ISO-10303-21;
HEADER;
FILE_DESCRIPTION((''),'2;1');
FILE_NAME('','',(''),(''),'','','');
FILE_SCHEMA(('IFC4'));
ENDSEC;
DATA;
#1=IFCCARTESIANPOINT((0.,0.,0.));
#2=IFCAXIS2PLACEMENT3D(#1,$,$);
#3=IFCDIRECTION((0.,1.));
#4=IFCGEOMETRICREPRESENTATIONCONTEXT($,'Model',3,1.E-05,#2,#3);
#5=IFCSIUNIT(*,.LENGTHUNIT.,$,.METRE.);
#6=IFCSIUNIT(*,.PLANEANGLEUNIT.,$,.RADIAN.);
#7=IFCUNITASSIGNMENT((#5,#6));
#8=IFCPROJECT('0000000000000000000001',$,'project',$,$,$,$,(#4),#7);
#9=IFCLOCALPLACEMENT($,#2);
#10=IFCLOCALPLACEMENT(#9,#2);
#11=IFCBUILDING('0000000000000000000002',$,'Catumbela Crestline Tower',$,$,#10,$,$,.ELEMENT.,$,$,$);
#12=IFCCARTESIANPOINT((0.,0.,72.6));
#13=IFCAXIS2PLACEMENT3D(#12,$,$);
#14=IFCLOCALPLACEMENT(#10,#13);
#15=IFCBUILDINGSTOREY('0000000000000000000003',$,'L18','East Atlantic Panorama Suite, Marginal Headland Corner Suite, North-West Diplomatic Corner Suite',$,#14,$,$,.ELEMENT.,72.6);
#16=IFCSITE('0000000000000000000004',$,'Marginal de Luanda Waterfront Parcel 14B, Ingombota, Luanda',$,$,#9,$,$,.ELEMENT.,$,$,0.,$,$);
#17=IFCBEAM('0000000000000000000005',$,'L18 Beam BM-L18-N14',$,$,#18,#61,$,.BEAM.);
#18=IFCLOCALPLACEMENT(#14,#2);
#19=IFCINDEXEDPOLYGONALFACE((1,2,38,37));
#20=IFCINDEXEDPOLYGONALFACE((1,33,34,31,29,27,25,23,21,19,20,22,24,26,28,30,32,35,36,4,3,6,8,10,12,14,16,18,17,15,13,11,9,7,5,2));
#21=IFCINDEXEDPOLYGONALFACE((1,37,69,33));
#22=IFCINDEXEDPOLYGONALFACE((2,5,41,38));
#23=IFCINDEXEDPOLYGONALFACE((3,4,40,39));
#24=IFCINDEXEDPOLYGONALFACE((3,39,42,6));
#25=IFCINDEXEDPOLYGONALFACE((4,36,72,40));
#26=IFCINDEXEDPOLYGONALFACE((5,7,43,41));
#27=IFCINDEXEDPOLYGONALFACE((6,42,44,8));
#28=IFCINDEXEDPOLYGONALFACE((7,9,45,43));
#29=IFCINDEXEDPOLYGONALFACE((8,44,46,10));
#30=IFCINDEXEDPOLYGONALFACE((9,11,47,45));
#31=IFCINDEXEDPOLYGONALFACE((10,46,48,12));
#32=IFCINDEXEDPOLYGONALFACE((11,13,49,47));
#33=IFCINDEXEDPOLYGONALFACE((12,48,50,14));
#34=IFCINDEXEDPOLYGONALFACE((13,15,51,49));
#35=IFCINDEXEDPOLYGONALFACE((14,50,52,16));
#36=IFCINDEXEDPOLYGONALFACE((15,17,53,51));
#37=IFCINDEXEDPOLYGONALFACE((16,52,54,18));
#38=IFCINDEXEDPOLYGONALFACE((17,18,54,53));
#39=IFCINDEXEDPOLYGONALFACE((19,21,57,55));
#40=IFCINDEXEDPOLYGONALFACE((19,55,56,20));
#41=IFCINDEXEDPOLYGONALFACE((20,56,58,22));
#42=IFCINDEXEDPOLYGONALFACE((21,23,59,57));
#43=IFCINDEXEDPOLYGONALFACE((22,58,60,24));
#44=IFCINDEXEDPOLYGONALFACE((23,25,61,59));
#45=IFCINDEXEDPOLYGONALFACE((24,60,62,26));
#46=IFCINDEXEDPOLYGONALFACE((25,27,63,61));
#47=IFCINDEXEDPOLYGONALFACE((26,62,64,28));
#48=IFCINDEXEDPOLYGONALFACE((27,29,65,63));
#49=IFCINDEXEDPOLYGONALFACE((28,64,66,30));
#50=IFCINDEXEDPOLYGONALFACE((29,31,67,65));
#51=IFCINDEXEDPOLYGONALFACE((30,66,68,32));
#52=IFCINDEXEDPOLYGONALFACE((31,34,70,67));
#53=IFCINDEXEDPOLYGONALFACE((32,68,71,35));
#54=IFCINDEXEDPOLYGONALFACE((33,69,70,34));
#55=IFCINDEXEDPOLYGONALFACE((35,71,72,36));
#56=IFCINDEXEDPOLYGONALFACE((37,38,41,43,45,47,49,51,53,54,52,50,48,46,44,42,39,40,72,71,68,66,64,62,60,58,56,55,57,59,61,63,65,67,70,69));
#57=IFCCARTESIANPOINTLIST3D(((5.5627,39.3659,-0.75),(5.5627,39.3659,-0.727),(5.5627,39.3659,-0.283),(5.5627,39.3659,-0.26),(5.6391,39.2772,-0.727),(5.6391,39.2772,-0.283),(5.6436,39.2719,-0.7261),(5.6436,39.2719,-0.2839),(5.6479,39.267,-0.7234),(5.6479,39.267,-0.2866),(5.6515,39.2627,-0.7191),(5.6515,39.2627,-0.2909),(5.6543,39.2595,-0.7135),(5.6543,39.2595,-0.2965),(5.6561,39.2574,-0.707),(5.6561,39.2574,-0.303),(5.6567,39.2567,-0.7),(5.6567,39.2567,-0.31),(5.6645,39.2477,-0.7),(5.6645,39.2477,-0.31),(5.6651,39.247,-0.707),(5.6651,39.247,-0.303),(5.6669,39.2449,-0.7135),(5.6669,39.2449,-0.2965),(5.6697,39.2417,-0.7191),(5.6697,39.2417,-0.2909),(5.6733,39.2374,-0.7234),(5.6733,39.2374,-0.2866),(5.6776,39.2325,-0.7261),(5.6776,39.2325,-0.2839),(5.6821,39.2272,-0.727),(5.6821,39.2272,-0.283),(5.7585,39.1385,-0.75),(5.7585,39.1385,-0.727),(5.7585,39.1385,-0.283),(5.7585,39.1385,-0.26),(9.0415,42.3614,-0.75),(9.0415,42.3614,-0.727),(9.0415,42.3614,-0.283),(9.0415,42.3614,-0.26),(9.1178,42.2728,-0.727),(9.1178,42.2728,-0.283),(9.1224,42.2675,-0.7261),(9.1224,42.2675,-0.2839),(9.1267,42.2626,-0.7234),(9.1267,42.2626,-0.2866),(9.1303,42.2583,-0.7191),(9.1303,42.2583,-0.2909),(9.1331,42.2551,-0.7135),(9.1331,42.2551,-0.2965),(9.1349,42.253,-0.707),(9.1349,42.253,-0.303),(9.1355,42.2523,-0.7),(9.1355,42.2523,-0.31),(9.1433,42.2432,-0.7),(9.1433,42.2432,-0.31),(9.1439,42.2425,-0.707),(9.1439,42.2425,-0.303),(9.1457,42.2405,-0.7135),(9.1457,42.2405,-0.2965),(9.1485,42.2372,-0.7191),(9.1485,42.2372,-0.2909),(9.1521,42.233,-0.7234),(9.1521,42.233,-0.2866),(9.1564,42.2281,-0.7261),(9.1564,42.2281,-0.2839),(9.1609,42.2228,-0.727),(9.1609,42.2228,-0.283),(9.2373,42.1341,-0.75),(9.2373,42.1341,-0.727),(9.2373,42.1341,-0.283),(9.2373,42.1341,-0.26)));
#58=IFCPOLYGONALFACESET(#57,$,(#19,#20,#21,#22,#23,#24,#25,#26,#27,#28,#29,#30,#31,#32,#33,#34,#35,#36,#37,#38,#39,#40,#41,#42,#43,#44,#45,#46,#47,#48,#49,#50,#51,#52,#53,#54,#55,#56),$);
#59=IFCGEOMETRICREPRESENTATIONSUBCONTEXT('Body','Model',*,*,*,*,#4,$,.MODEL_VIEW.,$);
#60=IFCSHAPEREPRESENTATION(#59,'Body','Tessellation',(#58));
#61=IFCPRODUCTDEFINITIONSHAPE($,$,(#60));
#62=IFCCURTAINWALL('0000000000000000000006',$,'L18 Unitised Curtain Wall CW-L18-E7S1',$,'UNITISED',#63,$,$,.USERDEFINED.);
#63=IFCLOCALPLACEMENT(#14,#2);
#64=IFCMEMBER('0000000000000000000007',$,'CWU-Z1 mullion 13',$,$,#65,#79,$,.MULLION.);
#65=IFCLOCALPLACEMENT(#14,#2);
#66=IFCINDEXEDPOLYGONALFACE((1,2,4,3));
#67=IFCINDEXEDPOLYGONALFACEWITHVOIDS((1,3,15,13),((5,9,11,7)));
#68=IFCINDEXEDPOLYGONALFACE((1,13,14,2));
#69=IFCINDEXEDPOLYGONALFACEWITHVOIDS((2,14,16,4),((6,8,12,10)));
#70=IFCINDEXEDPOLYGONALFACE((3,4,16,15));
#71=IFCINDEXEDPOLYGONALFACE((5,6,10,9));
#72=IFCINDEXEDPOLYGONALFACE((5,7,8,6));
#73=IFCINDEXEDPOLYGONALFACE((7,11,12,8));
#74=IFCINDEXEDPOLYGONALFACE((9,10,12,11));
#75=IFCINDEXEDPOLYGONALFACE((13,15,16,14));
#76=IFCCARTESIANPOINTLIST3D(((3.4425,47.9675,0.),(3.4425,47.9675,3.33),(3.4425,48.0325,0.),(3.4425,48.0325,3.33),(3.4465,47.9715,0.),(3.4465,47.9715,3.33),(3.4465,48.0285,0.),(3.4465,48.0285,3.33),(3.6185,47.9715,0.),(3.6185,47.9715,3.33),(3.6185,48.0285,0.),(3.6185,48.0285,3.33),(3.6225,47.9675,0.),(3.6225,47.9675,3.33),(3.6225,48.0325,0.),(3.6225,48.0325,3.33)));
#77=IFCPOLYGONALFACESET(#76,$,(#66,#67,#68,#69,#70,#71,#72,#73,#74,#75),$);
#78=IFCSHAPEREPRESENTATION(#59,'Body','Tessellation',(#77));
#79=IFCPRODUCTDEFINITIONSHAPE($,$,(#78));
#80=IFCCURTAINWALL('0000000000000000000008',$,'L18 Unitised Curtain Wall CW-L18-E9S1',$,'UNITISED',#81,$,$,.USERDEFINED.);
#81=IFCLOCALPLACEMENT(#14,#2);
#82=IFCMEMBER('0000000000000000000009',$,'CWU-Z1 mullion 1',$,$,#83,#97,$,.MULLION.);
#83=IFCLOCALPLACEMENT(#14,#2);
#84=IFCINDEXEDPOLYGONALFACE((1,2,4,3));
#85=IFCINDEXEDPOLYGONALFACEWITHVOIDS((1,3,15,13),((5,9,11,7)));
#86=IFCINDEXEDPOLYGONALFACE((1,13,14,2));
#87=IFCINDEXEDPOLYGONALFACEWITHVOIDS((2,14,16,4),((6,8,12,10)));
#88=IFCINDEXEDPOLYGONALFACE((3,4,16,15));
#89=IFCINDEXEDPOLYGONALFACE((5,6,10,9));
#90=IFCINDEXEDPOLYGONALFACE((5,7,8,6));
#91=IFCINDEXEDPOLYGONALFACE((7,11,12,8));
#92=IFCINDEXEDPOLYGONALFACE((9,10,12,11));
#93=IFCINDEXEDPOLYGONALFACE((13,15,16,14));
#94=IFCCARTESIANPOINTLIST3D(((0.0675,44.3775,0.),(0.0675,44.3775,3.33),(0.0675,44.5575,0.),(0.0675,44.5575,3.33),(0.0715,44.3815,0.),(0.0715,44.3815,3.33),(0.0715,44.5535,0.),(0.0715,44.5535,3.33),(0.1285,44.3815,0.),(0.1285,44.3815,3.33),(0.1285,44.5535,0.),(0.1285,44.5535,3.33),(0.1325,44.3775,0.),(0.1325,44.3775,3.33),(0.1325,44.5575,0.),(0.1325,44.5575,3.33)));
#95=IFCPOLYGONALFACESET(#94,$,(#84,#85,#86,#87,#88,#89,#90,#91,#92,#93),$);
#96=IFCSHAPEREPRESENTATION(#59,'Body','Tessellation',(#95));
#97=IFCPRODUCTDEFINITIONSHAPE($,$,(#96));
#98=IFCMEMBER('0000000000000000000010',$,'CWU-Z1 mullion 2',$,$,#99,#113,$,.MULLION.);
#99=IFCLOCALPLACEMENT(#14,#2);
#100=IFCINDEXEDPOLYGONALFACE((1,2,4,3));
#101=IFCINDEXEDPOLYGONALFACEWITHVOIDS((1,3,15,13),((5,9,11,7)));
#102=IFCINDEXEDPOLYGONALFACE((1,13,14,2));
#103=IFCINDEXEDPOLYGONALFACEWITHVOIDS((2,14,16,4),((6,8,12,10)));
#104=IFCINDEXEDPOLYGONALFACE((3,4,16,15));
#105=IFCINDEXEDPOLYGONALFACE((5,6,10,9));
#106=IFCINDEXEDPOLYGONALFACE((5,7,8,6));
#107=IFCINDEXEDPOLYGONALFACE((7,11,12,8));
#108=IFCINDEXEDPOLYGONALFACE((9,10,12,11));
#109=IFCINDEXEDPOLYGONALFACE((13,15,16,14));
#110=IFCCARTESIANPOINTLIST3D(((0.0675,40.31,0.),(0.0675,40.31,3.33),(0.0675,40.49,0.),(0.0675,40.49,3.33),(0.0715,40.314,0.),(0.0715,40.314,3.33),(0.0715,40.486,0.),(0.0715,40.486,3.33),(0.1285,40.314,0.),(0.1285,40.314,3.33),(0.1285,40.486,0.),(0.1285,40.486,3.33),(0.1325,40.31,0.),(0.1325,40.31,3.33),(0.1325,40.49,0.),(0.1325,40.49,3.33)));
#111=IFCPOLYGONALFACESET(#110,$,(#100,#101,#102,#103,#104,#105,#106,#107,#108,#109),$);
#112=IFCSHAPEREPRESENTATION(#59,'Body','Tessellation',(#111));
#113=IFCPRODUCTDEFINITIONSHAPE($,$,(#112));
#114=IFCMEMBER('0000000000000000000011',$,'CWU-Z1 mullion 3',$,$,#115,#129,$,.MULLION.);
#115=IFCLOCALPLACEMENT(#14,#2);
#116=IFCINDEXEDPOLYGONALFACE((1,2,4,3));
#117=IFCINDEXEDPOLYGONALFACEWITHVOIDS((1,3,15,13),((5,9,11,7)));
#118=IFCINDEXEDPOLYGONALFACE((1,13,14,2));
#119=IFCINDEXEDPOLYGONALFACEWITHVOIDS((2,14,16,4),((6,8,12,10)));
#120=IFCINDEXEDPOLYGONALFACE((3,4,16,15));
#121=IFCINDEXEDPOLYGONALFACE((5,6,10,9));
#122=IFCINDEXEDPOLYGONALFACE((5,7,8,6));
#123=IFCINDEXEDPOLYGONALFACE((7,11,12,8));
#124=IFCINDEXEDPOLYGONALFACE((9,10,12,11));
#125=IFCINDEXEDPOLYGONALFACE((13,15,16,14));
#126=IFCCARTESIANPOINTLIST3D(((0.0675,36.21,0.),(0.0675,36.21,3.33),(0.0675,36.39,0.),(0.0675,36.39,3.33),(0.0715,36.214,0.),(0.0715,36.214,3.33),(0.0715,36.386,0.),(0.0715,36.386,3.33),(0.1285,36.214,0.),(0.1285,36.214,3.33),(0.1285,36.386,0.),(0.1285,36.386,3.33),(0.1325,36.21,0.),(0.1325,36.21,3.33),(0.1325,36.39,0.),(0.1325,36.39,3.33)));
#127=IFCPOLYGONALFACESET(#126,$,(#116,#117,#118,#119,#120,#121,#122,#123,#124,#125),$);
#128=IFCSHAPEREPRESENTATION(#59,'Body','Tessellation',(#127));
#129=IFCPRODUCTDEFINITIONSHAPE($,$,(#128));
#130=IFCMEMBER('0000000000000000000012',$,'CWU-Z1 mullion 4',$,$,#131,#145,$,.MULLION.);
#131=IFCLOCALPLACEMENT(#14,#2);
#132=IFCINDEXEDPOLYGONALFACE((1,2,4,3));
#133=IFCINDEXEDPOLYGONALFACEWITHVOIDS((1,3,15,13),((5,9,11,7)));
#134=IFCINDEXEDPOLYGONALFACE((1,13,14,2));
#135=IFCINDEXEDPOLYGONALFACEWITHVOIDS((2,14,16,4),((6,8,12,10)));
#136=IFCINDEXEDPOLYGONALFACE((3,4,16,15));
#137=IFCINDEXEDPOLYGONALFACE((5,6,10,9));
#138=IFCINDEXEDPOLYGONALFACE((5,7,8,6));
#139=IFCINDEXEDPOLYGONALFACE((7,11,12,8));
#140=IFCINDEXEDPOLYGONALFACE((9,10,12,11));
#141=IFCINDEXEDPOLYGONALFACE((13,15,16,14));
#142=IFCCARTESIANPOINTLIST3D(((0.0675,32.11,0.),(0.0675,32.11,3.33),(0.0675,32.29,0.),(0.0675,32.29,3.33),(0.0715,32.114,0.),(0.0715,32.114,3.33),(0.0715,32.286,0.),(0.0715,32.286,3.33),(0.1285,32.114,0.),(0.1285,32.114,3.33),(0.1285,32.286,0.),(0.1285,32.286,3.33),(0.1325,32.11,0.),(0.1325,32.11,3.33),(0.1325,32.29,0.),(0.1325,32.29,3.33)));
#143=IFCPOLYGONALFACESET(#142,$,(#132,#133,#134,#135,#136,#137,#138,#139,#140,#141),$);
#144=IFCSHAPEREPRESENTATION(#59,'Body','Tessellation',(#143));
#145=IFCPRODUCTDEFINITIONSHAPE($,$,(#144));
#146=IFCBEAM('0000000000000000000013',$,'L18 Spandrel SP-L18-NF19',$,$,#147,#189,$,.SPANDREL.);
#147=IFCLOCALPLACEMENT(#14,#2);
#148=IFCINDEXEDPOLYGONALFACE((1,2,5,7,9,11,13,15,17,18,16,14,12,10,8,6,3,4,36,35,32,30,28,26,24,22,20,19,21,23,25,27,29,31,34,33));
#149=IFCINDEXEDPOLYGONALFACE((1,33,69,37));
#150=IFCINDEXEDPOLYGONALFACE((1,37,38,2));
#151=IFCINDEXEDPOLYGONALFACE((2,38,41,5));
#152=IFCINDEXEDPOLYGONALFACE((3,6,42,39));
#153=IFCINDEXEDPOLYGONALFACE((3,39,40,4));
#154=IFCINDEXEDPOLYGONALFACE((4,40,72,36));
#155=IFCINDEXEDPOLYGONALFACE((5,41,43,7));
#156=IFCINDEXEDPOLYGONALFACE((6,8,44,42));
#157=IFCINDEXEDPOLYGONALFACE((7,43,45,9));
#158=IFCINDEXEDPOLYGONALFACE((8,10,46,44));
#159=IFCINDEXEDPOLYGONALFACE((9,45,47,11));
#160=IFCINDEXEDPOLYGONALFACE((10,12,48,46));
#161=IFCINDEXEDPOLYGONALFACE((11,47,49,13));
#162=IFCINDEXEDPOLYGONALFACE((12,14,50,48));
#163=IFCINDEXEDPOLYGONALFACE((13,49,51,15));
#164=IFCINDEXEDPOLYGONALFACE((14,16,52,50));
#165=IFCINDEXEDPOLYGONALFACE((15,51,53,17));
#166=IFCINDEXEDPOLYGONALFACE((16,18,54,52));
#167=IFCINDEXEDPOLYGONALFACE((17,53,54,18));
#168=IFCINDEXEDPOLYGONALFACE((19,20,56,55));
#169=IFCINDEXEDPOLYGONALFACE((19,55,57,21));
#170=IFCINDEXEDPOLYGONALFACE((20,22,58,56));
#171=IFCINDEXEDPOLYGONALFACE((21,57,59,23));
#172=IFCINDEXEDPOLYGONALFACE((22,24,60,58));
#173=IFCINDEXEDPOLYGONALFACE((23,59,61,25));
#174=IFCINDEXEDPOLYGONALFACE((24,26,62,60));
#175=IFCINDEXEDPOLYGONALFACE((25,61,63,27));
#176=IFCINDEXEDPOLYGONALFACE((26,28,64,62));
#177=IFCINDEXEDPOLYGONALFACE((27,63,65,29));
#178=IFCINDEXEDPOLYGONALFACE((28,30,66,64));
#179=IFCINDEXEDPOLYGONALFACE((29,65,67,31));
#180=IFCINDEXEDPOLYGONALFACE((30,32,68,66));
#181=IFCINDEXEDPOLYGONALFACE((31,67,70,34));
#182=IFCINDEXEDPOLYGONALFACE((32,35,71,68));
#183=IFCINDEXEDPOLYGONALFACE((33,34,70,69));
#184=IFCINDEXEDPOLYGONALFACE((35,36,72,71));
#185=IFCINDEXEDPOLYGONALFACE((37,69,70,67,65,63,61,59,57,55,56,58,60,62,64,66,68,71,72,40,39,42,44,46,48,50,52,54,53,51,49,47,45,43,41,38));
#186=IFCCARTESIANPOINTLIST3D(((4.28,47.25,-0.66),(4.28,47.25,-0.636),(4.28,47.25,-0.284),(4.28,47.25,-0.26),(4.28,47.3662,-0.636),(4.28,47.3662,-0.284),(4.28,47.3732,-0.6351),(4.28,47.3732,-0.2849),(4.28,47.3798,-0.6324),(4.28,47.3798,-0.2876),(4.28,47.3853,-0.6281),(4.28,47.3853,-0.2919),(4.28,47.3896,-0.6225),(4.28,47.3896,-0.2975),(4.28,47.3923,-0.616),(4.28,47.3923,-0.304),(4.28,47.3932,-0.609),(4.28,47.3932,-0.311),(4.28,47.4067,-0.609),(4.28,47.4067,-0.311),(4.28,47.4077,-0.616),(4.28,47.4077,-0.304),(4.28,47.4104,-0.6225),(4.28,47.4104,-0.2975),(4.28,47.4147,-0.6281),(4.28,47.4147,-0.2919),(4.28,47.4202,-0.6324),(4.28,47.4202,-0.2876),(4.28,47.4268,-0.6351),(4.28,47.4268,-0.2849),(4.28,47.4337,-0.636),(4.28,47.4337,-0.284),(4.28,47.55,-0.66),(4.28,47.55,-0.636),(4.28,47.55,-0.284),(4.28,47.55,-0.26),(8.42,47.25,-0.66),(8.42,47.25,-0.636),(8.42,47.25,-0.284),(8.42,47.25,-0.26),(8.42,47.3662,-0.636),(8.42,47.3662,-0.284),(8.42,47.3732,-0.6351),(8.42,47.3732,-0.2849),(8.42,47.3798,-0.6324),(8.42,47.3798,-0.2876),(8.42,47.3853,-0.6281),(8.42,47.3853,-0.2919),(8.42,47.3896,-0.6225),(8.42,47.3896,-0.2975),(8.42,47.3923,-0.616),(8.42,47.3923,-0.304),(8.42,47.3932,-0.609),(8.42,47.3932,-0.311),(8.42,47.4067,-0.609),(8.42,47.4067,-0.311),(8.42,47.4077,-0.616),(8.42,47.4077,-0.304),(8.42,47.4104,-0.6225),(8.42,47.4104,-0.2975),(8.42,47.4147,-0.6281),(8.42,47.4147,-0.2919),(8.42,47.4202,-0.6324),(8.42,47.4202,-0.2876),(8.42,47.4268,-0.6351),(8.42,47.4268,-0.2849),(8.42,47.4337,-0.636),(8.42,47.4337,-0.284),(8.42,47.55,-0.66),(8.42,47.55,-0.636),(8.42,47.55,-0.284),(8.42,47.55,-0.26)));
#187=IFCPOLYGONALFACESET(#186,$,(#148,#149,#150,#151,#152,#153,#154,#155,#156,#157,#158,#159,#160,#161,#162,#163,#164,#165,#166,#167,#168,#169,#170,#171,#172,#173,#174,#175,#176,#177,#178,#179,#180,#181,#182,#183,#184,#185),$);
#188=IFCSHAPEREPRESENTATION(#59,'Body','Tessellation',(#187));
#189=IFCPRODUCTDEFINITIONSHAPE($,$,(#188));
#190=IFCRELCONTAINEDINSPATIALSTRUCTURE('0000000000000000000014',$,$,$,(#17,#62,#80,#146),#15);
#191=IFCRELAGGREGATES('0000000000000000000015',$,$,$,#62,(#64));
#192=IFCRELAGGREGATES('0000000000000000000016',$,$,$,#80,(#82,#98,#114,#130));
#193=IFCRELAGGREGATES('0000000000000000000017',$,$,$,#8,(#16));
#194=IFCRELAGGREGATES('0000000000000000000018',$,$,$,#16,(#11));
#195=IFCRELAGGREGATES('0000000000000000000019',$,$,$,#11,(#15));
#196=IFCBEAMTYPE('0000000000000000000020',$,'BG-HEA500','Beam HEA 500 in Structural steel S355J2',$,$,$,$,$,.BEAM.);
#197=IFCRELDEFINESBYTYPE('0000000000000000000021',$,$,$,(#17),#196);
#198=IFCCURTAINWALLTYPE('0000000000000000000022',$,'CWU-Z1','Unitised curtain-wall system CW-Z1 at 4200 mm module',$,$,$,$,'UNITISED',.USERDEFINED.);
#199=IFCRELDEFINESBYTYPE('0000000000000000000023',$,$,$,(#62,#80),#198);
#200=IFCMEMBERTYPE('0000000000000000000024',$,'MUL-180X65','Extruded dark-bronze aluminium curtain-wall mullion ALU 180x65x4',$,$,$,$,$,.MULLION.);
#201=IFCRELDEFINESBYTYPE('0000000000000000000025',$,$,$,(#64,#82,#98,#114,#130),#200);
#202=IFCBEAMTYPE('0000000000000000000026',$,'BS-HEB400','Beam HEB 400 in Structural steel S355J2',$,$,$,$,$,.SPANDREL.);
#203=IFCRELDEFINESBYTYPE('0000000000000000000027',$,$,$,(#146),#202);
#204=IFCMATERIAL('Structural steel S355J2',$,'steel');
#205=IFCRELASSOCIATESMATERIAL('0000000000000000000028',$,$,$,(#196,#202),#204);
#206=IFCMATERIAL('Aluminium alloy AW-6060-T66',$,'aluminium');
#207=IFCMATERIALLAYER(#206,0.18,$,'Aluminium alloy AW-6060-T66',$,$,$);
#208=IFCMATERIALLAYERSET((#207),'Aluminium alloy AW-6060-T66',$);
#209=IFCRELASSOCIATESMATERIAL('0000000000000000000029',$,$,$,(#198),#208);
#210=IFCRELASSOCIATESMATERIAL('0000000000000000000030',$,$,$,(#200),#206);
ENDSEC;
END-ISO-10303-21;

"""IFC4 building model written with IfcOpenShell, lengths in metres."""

from ifc_helpers import new_model, si_unit, direction, frame, origin, origin_2d, place, context, subcontext, project, spatial, hollow_rectangle, i_section, extrude, material, layer, layer_set, material_profile, profile_set, type_object, element, aggregate, save


model = new_model("IFC4")

# Units and contexts
model_context = context("Model", 3, precision=1e-05, world=origin(), true_north=direction((0.0, 1.0)))
body_context = subcontext(model_context, "Body", "Model", "MODEL_VIEW")
ifc_project = project(units=[si_unit("LENGTHUNIT", "METRE"), si_unit("PLANEANGLEUNIT", "RADIAN")], contexts=[model_context])

# Site, building, storey
site_placement = place(None, origin())
site = spatial("IfcSite", under=ifc_project, at=site_placement, Name="Marginal de Luanda Waterfront Parcel 14B, Ingombota, Luanda", CompositionType="ELEMENT", RefElevation=0.0)
building_placement = place(site_placement, origin())
building = spatial("IfcBuilding", under=site, at=building_placement, Name="Catumbela Crestline Tower", CompositionType="ELEMENT")
storey_placement = place(building_placement, frame((0.0, 0.0, 72.6)))
storey = spatial("IfcBuildingStorey", under=building, at=storey_placement, Name="L18", Description="East Atlantic Panorama Suite, Marginal Headland Corner Suite, North-West Diplomatic Corner Suite", CompositionType="ELEMENT", Elevation=72.6)

# Beam
ifc_material_1 = material(Name="Structural steel S355J2", Category="steel")
ifc_material_profile_1 = material_profile(ifc_material_1, i_section(OverallWidth=0.3, OverallDepth=0.49, WebThickness=0.012, FlangeThickness=0.023, FilletRadius=0.027, at=origin_2d()), Name="HEA 500")
ifc_profile_set_1 = profile_set([ifc_material_profile_1], Name="Structural steel S355J2")
beam_type_1 = type_object("IfcBeamType", Name="BG-HEA500", Description="Beam HEA 500 in Structural steel S355J2", PredefinedType="BEAM", material=ifc_profile_set_1)
beam_1_placement = place(storey_placement, frame((5.6606, 39.2522, -0.505), z_axis=(0.757772, 0.652519, 0.0), x_axis=(-0.652519, 0.757772, 0.0)))
element("IfcBeam", 1, at=beam_1_placement, inside=storey, type_object=beam_type_1, Name="L18 Beam BM-L18-N14", PredefinedType="BEAM", context=body_context, shape_type="SweptSolid", body=[
    extrude(i_section(OverallWidth=0.3, OverallDepth=0.49, WebThickness=0.012, FlangeThickness=0.023, FilletRadius=0.027, at=origin_2d()), origin(), (0.0, 0.0, 1.0), 4.5908),
])

# Curtain wall, member
ifc_material_2 = material(Name="Aluminium alloy AW-6060-T66", Category="aluminium")
ifc_layer_1 = layer(ifc_material_2, 0.18, Name="Aluminium alloy AW-6060-T66")
ifc_layer_set_1 = layer_set([ifc_layer_1], Name="Aluminium alloy AW-6060-T66")
curtain_wall_type = type_object("IfcCurtainWallType", Name="CWU-Z1", Description="Unitised curtain-wall system CW-Z1 at 4200 mm module", ElementType="UNITISED", PredefinedType="USERDEFINED", material=ifc_layer_set_1)
curtain_wall_1_placement = place(storey_placement, origin())
curtain_wall_1 = element("IfcCurtainWall", 2, at=curtain_wall_1_placement, inside=storey, type_object=curtain_wall_type, Name="L18 Unitised Curtain Wall CW-L18-E7S1", ObjectType="UNITISED", PredefinedType="USERDEFINED")
ifc_material_profile_2 = material_profile(ifc_material_2, hollow_rectangle(XDim=0.065, YDim=0.18, WallThickness=0.004, at=origin_2d()), Name="ALU 180x65x4")
ifc_profile_set_2 = profile_set([ifc_material_profile_2], Name="Aluminium alloy AW-6060-T66")
member_type_1 = type_object("IfcMemberType", Name="MUL-180X65", Description="Extruded dark-bronze aluminium curtain-wall mullion ALU 180x65x4", PredefinedType="MULLION", material=ifc_profile_set_2)
member_1_placement = place(storey_placement, frame((3.5325, 48.0, 0.0), z_axis=(0.0, 0.0, 1.0), x_axis=(0.0, -1.0, 0.0)))
member_1 = element("IfcMember", 3, at=member_1_placement, type_object=member_type_1, Name="CWU-Z1 mullion 13", PredefinedType="MULLION", context=body_context, shape_type="SweptSolid", body=[
    extrude(hollow_rectangle(XDim=0.065, YDim=0.18, WallThickness=0.004, at=origin_2d()), origin(), (0.0, 0.0, 1.0), 3.33),
])

# Curtain wall, members
curtain_wall_2_placement = place(storey_placement, origin())
curtain_wall_2 = element("IfcCurtainWall", 4, at=curtain_wall_2_placement, inside=storey, type_object=curtain_wall_type, Name="L18 Unitised Curtain Wall CW-L18-E9S1", ObjectType="UNITISED", PredefinedType="USERDEFINED")
member_2_placement = place(storey_placement, frame((0.1, 44.4675, 0.0), z_axis=(0.0, 0.0, 1.0), x_axis=(1.0, 0.0, 0.0)))
member_2 = element("IfcMember", 5, at=member_2_placement, type_object=member_type_1, Name="CWU-Z1 mullion 1", PredefinedType="MULLION", context=body_context, shape_type="SweptSolid", body=[
    extrude(hollow_rectangle(XDim=0.065, YDim=0.18, WallThickness=0.004, at=origin_2d()), origin(), (0.0, 0.0, 1.0), 3.33),
])
member_3_placement = place(storey_placement, frame((0.1, 40.4, 0.0), z_axis=(0.0, 0.0, 1.0), x_axis=(1.0, 0.0, 0.0)))
member_3 = element("IfcMember", 6, at=member_3_placement, type_object=member_type_1, Name="CWU-Z1 mullion 2", PredefinedType="MULLION", context=body_context, shape_type="SweptSolid", body=[
    extrude(hollow_rectangle(XDim=0.065, YDim=0.18, WallThickness=0.004, at=origin_2d()), origin(), (0.0, 0.0, 1.0), 3.33),
])
member_4_placement = place(storey_placement, frame((0.1, 36.3, 0.0), z_axis=(0.0, 0.0, 1.0), x_axis=(1.0, 0.0, 0.0)))
member_4 = element("IfcMember", 7, at=member_4_placement, type_object=member_type_1, Name="CWU-Z1 mullion 3", PredefinedType="MULLION", context=body_context, shape_type="SweptSolid", body=[
    extrude(hollow_rectangle(XDim=0.065, YDim=0.18, WallThickness=0.004, at=origin_2d()), origin(), (0.0, 0.0, 1.0), 3.33),
])
member_5_placement = place(storey_placement, frame((0.1, 32.2, 0.0), z_axis=(0.0, 0.0, 1.0), x_axis=(1.0, 0.0, 0.0)))
member_5 = element("IfcMember", 8, at=member_5_placement, type_object=member_type_1, Name="CWU-Z1 mullion 4", PredefinedType="MULLION", context=body_context, shape_type="SweptSolid", body=[
    extrude(hollow_rectangle(XDim=0.065, YDim=0.18, WallThickness=0.004, at=origin_2d()), origin(), (0.0, 0.0, 1.0), 3.33),
])

# Beam
ifc_material_profile_3 = material_profile(ifc_material_1, i_section(OverallWidth=0.3, OverallDepth=0.4, WebThickness=0.0135, FlangeThickness=0.024, FilletRadius=0.027, at=origin_2d()), Name="HEB 400")
ifc_profile_set_3 = profile_set([ifc_material_profile_3], Name="Structural steel S355J2")
beam_type_2 = type_object("IfcBeamType", Name="BS-HEB400", Description="Beam HEB 400 in Structural steel S355J2", PredefinedType="SPANDREL", material=ifc_profile_set_3)
beam_2_placement = place(storey_placement, frame((4.28, 47.4, -0.46), z_axis=(1.0, 0.0, 0.0), x_axis=(0.0, 1.0, 0.0)))
element("IfcBeam", 9, at=beam_2_placement, inside=storey, type_object=beam_type_2, Name="L18 Spandrel SP-L18-NF19", PredefinedType="SPANDREL", context=body_context, shape_type="SweptSolid", body=[
    extrude(i_section(OverallWidth=0.3, OverallDepth=0.4, WebThickness=0.0135, FlangeThickness=0.024, FilletRadius=0.027, at=origin_2d()), origin(), (0.0, 0.0, 1.0), 4.14),
])

aggregate(curtain_wall_1, [member_1])
aggregate(curtain_wall_2, [member_2, member_3, member_4, member_5])

save(model, "model.ifc")
